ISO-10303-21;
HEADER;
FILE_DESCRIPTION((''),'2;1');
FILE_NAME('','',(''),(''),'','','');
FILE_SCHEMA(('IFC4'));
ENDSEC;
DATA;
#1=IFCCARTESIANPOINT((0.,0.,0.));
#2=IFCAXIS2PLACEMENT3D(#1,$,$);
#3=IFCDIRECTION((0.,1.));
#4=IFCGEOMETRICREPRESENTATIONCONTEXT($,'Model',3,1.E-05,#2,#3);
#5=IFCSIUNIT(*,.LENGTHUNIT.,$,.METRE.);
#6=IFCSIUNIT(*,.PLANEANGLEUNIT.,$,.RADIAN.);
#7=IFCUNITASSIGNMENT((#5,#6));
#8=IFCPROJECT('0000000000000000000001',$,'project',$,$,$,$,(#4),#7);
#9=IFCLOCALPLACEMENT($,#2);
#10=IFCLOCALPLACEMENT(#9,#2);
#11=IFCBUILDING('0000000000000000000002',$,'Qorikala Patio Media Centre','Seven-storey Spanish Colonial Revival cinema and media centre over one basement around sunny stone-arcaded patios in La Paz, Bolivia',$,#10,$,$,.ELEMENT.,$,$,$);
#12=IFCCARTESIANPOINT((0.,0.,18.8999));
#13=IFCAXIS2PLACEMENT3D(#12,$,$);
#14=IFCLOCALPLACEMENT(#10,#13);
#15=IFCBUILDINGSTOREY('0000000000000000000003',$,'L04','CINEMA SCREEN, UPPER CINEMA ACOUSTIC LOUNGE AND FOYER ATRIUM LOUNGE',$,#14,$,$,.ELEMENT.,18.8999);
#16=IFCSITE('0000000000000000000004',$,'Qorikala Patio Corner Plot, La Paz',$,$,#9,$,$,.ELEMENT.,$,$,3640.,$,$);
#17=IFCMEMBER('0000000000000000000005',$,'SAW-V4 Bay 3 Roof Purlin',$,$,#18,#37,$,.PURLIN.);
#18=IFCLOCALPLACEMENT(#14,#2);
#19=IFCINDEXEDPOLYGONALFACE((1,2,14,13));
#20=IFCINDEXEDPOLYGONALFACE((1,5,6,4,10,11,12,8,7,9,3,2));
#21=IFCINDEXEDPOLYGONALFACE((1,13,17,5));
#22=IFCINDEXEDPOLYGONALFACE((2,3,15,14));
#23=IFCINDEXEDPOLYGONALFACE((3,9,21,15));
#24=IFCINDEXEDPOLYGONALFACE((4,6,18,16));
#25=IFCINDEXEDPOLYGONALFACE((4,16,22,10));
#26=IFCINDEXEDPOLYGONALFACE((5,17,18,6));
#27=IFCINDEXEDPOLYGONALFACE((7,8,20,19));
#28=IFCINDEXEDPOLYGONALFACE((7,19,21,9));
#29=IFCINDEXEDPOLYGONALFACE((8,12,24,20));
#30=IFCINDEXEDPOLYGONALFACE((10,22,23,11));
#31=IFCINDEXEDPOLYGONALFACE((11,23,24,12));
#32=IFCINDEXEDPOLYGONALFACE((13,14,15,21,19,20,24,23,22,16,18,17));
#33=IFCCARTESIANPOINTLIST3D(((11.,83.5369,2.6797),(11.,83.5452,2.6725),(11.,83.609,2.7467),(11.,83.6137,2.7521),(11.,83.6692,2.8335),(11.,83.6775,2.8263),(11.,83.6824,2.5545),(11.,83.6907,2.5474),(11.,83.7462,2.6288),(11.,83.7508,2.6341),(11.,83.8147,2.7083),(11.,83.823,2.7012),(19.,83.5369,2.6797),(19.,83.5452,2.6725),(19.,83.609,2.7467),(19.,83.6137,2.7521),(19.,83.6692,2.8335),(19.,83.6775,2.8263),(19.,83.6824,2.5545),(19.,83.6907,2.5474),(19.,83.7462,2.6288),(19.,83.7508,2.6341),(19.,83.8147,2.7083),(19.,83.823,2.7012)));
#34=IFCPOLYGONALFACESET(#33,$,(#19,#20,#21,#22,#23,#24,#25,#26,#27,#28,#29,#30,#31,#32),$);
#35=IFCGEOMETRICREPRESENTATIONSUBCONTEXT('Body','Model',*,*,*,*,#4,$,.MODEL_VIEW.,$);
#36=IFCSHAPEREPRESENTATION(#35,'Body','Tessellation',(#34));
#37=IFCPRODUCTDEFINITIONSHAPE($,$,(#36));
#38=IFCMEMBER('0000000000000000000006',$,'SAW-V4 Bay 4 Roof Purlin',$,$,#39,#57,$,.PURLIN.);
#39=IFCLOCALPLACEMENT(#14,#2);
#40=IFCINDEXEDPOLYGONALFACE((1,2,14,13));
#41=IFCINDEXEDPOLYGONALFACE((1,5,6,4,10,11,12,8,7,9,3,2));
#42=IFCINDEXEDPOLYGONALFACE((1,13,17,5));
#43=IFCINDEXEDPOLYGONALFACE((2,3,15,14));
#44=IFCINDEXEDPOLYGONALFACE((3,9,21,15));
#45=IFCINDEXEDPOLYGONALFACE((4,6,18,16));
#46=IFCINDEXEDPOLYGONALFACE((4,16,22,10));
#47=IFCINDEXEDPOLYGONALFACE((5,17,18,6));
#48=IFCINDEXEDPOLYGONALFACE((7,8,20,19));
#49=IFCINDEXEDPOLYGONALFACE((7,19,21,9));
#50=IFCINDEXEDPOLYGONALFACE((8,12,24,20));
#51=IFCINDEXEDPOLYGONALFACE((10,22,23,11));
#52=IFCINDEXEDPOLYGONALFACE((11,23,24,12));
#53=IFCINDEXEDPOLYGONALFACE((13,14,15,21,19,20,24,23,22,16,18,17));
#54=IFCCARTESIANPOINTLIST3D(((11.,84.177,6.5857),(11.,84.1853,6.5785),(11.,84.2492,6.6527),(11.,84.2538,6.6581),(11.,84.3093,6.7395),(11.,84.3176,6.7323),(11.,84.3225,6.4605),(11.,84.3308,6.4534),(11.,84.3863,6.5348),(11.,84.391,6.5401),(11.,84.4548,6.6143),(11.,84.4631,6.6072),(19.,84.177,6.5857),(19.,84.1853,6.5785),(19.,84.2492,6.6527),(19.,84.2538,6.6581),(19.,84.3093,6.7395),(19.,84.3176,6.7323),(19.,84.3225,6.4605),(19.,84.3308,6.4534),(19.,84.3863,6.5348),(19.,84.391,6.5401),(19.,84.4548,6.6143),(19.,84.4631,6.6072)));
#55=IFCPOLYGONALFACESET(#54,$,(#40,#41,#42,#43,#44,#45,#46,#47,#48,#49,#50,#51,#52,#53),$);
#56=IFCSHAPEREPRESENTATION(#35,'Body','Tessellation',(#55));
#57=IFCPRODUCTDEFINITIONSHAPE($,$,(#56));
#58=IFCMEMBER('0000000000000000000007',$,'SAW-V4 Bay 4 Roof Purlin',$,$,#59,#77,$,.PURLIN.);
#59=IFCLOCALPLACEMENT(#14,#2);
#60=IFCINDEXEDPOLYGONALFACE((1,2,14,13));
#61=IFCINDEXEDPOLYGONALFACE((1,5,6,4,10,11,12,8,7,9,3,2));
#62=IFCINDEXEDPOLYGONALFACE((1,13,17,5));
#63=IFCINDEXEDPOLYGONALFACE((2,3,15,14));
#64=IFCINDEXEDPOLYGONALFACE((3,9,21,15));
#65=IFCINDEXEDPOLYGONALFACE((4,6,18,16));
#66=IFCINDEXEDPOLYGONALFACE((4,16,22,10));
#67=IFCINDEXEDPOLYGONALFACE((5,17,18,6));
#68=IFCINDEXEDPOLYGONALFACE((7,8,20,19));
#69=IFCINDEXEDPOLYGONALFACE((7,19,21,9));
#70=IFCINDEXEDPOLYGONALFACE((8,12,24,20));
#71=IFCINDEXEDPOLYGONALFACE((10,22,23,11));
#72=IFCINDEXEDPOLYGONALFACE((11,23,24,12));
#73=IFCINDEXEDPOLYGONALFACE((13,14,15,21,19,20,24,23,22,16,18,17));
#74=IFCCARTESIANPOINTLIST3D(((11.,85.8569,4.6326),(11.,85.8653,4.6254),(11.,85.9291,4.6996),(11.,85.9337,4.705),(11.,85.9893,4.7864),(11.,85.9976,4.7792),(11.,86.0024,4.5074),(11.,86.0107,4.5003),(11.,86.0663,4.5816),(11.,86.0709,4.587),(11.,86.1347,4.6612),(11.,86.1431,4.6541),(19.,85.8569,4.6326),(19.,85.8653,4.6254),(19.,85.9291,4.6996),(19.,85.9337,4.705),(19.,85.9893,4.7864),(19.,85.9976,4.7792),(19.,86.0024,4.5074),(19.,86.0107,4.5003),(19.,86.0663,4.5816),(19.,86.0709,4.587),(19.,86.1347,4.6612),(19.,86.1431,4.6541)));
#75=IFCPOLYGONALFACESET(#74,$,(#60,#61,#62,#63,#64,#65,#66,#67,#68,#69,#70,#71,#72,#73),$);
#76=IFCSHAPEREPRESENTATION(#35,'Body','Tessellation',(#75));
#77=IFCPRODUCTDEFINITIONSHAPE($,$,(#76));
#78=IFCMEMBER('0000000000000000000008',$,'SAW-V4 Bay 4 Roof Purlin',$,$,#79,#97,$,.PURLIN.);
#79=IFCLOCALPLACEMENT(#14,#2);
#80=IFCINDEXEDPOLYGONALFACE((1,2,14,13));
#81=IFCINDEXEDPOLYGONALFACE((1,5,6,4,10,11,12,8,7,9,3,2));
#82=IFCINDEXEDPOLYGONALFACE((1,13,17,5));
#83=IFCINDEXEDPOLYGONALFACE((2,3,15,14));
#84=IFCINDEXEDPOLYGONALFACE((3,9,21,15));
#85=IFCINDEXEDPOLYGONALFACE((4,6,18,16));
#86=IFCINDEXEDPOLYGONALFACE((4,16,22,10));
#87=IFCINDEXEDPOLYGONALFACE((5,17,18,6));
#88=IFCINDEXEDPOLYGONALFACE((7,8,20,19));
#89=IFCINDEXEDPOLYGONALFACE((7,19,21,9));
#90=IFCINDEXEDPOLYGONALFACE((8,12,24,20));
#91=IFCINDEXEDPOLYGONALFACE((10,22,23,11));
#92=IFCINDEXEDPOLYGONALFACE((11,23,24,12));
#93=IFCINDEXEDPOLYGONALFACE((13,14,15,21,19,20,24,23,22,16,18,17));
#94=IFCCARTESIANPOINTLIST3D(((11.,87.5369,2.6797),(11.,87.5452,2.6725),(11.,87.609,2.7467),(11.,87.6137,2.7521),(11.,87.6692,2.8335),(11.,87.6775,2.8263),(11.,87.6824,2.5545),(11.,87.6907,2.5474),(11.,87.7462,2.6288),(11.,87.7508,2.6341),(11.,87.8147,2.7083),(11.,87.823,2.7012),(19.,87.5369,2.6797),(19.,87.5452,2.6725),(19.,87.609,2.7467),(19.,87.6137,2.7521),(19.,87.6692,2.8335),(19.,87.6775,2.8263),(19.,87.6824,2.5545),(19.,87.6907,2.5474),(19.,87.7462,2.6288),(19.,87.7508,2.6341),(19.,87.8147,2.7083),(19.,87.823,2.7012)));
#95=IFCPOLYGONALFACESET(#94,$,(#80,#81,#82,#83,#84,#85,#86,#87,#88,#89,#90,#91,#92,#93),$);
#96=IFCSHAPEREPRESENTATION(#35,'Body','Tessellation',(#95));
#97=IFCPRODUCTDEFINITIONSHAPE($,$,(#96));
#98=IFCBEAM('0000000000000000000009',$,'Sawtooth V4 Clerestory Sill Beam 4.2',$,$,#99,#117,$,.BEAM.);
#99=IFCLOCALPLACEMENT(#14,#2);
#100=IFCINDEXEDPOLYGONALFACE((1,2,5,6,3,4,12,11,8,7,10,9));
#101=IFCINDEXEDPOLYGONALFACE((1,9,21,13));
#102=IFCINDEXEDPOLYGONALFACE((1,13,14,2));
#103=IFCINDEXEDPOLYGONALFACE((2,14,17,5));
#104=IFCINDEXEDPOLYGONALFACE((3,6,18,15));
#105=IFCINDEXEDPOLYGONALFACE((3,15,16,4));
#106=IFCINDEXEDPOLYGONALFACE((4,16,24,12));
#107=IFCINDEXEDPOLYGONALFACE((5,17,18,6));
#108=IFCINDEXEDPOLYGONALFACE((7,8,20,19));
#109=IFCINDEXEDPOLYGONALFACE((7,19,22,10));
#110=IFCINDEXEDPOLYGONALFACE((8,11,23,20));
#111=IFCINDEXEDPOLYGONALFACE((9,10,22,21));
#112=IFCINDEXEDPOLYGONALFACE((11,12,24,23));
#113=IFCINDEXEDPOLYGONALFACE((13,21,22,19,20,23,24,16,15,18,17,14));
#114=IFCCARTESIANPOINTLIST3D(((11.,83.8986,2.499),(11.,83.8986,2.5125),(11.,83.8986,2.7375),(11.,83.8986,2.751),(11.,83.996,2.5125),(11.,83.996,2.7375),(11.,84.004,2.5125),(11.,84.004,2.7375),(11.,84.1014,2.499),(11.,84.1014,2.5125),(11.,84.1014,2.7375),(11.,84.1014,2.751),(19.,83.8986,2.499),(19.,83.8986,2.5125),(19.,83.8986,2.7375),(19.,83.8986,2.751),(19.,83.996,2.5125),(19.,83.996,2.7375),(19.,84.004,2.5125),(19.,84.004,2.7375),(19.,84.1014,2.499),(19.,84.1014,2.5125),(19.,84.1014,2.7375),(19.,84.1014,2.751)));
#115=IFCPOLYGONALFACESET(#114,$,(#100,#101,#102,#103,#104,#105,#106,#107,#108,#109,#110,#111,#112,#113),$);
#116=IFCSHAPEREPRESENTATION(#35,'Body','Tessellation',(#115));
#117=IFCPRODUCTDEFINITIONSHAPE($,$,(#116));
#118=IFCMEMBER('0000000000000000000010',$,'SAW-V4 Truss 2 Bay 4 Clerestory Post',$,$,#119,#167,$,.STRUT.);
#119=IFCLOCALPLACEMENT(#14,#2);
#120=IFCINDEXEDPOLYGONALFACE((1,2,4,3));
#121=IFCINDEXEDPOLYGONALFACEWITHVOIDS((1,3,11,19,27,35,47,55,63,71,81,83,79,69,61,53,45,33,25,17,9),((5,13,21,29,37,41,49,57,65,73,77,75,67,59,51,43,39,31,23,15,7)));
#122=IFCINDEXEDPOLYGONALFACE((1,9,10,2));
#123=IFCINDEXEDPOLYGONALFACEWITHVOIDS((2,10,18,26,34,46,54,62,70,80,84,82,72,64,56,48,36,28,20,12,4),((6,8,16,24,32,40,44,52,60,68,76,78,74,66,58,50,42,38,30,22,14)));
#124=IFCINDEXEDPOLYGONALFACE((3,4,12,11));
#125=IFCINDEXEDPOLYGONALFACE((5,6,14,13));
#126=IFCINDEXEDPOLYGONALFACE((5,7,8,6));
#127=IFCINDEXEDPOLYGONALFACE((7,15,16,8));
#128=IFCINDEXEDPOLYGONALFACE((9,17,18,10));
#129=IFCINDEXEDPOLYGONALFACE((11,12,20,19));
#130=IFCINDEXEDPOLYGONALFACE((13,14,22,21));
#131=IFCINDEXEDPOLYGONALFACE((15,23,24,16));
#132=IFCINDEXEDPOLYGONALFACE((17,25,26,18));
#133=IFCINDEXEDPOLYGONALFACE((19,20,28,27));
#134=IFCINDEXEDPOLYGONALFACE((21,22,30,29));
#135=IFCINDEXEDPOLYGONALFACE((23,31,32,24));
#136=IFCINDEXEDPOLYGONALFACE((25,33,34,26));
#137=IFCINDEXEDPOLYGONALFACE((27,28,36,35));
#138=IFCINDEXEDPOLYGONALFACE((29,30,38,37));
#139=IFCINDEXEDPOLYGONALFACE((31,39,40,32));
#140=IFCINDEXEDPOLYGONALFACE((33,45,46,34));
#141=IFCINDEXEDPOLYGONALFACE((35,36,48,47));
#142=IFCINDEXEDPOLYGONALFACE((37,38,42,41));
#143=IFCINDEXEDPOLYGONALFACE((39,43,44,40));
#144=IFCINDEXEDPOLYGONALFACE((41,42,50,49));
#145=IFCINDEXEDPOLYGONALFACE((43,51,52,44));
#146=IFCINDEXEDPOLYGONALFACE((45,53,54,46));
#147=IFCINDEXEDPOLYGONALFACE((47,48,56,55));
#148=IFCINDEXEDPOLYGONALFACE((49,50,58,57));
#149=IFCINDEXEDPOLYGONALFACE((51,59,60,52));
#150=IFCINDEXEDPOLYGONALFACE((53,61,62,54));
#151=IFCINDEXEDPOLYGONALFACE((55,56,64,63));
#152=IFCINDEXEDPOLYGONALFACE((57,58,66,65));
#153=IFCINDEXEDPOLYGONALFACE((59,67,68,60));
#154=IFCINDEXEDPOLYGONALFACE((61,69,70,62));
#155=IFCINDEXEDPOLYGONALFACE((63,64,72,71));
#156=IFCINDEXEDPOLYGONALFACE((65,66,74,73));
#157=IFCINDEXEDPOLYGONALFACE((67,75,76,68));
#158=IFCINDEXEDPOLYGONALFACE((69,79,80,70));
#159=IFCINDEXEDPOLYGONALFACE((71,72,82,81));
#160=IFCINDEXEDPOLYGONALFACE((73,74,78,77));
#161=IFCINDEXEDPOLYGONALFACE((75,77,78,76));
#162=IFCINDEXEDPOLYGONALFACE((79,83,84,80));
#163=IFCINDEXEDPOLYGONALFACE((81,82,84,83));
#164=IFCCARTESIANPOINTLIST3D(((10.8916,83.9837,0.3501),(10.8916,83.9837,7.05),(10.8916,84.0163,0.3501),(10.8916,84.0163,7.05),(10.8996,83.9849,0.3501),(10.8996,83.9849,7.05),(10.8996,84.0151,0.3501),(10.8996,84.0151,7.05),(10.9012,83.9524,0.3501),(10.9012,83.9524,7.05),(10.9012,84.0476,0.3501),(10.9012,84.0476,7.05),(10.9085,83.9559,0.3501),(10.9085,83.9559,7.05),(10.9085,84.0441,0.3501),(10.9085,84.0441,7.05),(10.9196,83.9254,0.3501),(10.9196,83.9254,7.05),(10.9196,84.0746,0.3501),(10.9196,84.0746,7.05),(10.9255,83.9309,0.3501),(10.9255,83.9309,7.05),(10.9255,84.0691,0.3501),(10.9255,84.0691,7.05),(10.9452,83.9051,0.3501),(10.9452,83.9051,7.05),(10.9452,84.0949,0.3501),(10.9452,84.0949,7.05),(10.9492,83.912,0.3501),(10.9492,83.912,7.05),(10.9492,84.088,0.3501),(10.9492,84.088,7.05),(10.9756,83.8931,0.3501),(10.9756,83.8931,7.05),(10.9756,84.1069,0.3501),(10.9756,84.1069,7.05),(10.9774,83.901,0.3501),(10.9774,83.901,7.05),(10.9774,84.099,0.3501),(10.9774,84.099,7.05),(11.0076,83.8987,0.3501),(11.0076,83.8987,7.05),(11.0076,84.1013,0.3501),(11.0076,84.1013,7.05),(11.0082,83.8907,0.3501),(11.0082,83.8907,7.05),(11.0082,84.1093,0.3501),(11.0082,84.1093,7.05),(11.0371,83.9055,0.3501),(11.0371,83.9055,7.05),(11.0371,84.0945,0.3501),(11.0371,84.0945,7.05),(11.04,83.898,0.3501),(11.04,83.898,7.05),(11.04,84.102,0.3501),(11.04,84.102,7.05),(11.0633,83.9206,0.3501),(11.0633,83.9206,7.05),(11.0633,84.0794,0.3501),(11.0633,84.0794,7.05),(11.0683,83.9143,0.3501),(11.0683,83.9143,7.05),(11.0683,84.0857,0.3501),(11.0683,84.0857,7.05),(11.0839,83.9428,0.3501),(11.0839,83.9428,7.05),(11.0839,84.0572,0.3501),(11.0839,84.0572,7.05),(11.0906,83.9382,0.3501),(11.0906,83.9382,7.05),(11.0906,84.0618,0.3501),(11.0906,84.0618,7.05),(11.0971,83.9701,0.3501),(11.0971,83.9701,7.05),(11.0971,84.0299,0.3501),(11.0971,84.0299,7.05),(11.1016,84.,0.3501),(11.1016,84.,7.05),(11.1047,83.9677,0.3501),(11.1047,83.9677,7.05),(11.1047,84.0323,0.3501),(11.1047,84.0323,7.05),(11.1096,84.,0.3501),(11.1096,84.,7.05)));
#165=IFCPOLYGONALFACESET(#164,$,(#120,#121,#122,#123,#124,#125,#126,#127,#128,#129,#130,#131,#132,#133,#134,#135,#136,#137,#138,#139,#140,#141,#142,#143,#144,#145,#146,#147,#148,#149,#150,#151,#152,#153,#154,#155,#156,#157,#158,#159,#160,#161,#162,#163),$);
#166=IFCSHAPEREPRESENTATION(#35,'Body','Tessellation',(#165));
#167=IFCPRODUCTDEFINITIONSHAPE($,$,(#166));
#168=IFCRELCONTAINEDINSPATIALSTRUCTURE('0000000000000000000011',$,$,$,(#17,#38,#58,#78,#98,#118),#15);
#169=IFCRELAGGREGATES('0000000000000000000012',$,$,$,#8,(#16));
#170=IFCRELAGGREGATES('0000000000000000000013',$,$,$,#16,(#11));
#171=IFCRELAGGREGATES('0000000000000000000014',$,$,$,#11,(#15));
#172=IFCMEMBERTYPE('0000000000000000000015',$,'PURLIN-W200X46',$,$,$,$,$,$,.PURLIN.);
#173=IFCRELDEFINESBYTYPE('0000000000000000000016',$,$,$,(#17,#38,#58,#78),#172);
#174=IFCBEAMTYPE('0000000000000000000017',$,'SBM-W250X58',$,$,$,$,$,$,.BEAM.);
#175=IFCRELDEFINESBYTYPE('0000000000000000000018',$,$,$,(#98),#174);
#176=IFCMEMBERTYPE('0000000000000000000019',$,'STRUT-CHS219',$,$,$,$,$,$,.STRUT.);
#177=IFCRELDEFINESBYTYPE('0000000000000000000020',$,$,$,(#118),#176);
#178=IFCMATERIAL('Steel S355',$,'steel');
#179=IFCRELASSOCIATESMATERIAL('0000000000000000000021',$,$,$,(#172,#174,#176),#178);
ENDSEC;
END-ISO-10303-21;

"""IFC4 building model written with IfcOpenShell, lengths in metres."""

from ifc_helpers import new_model, si_unit, direction, frame, origin, origin_2d, place, context, subcontext, project, spatial, hollow_circle, i_section, extrude, material, material_profile, profile_set, type_object, element, save


model = new_model("IFC4")

# Units and contexts
model_context = context("Model", 3, precision=1e-05, world=origin(), true_north=direction((0.0, 1.0)))
body_context = subcontext(model_context, "Body", "Model", "MODEL_VIEW")
ifc_project = project(units=[si_unit("LENGTHUNIT", "METRE"), si_unit("PLANEANGLEUNIT", "RADIAN")], contexts=[model_context])

# Site, building, storey
site_placement = place(None, origin())
site = spatial("IfcSite", under=ifc_project, at=site_placement, Name="Qorikala Patio Corner Plot, La Paz", CompositionType="ELEMENT", RefElevation=3640.0)
building_placement = place(site_placement, origin())
building = spatial("IfcBuilding", under=site, at=building_placement, Name="Qorikala Patio Media Centre", Description="Seven-storey Spanish Colonial Revival cinema and media centre over one basement around sunny stone-arcaded patios in La Paz, Bolivia", CompositionType="ELEMENT")
storey_placement = place(building_placement, frame((0.0, 0.0, 18.8999)))
storey = spatial("IfcBuildingStorey", under=building, at=storey_placement, Name="L04", Description="CINEMA SCREEN, UPPER CINEMA ACOUSTIC LOUNGE AND FOYER ATRIUM LOUNGE", CompositionType="ELEMENT", Elevation=18.8999)

# Shared definitions
ifc_material_1 = material(Name="Steel S355", Category="steel")

# Members
ifc_material_profile_1 = material_profile(ifc_material_1, i_section(OverallWidth=0.2029, OverallDepth=0.2029, WebThickness=0.0071, FlangeThickness=0.011, at=origin_2d()), Name="W200X46")
ifc_profile_set_1 = profile_set([ifc_material_profile_1], Name="Steel S355")
member_type_1 = type_object("IfcMemberType", Name="PURLIN-W200X46", PredefinedType="PURLIN", material=ifc_profile_set_1)
for number, where, z_axis, x_axis, name in (
    (1, (11.0, 83.6799, 2.6904), (1.0, 0.0, 0.0), (0.0, 0.652138, 0.7581), "SAW-V4 Bay 3 Roof Purlin"),
    (2, (11.0, 84.3201, 6.5964), (1.0, 0.0, 0.0), (0.0, 0.652138, 0.7581), "SAW-V4 Bay 4 Roof Purlin"),
    (3, (11.0, 86.0, 4.6433), (1.0, 0.0, 0.0), (0.0, 0.652138, 0.7581), "SAW-V4 Bay 4 Roof Purlin"),
    (4, (11.0, 87.6799, 2.6904), (1.0, 0.0, 0.0), (0.0, 0.652138, 0.7581), "SAW-V4 Bay 4 Roof Purlin"),
):
    element("IfcMember", number, at=place(storey_placement, frame(where, z_axis=z_axis, x_axis=x_axis)), inside=storey, type_object=member_type_1, Name=name, PredefinedType="PURLIN", context=body_context, shape_type="SweptSolid", body=[
        extrude(i_section(OverallWidth=0.2029, OverallDepth=0.2029, WebThickness=0.0071, FlangeThickness=0.011, at=origin_2d()), origin(), (0.0, 0.0, 1.0), 8.0),
    ])

# Beam
ifc_material_profile_2 = material_profile(ifc_material_1, i_section(OverallWidth=0.2029, OverallDepth=0.252, WebThickness=0.0081, FlangeThickness=0.0134, at=origin_2d()), Name="W250X58")
ifc_profile_set_2 = profile_set([ifc_material_profile_2], Name="Steel S355")
beam_type = type_object("IfcBeamType", Name="SBM-W250X58", PredefinedType="BEAM", material=ifc_profile_set_2)
beam_placement = place(storey_placement, frame((11.0, 84.0, 2.625), z_axis=(1.0, 0.0, 0.0), x_axis=(0.0, 1.0, 0.0)))
element("IfcBeam", 5, at=beam_placement, inside=storey, type_object=beam_type, Name="Sawtooth V4 Clerestory Sill Beam 4.2", PredefinedType="BEAM", context=body_context, shape_type="SweptSolid", body=[
    extrude(i_section(OverallWidth=0.2029, OverallDepth=0.252, WebThickness=0.0081, FlangeThickness=0.0134, at=origin_2d()), origin(), (0.0, 0.0, 1.0), 8.0),
])

# Member
ifc_material_profile_3 = material_profile(ifc_material_1, hollow_circle(Radius=0.1096, WallThickness=0.0081, at=origin_2d()), Name="CHS219X8")
ifc_profile_set_3 = profile_set([ifc_material_profile_3], Name="Steel S355")
member_type_2 = type_object("IfcMemberType", Name="STRUT-CHS219", PredefinedType="STRUT", material=ifc_profile_set_3)
member_1_placement = place(storey_placement, frame((11.0, 84.0, 0.3501), z_axis=(0.0, 0.0, 1.0), x_axis=(1.0, 0.0, 0.0)))
element("IfcMember", 6, at=member_1_placement, inside=storey, type_object=member_type_2, Name="SAW-V4 Truss 2 Bay 4 Clerestory Post", PredefinedType="STRUT", context=body_context, shape_type="SweptSolid", body=[
    extrude(hollow_circle(Radius=0.1096, WallThickness=0.0081, at=origin_2d()), origin(), (0.0, 0.0, 1.0), 6.7),
])

save(model, "model.ifc")
